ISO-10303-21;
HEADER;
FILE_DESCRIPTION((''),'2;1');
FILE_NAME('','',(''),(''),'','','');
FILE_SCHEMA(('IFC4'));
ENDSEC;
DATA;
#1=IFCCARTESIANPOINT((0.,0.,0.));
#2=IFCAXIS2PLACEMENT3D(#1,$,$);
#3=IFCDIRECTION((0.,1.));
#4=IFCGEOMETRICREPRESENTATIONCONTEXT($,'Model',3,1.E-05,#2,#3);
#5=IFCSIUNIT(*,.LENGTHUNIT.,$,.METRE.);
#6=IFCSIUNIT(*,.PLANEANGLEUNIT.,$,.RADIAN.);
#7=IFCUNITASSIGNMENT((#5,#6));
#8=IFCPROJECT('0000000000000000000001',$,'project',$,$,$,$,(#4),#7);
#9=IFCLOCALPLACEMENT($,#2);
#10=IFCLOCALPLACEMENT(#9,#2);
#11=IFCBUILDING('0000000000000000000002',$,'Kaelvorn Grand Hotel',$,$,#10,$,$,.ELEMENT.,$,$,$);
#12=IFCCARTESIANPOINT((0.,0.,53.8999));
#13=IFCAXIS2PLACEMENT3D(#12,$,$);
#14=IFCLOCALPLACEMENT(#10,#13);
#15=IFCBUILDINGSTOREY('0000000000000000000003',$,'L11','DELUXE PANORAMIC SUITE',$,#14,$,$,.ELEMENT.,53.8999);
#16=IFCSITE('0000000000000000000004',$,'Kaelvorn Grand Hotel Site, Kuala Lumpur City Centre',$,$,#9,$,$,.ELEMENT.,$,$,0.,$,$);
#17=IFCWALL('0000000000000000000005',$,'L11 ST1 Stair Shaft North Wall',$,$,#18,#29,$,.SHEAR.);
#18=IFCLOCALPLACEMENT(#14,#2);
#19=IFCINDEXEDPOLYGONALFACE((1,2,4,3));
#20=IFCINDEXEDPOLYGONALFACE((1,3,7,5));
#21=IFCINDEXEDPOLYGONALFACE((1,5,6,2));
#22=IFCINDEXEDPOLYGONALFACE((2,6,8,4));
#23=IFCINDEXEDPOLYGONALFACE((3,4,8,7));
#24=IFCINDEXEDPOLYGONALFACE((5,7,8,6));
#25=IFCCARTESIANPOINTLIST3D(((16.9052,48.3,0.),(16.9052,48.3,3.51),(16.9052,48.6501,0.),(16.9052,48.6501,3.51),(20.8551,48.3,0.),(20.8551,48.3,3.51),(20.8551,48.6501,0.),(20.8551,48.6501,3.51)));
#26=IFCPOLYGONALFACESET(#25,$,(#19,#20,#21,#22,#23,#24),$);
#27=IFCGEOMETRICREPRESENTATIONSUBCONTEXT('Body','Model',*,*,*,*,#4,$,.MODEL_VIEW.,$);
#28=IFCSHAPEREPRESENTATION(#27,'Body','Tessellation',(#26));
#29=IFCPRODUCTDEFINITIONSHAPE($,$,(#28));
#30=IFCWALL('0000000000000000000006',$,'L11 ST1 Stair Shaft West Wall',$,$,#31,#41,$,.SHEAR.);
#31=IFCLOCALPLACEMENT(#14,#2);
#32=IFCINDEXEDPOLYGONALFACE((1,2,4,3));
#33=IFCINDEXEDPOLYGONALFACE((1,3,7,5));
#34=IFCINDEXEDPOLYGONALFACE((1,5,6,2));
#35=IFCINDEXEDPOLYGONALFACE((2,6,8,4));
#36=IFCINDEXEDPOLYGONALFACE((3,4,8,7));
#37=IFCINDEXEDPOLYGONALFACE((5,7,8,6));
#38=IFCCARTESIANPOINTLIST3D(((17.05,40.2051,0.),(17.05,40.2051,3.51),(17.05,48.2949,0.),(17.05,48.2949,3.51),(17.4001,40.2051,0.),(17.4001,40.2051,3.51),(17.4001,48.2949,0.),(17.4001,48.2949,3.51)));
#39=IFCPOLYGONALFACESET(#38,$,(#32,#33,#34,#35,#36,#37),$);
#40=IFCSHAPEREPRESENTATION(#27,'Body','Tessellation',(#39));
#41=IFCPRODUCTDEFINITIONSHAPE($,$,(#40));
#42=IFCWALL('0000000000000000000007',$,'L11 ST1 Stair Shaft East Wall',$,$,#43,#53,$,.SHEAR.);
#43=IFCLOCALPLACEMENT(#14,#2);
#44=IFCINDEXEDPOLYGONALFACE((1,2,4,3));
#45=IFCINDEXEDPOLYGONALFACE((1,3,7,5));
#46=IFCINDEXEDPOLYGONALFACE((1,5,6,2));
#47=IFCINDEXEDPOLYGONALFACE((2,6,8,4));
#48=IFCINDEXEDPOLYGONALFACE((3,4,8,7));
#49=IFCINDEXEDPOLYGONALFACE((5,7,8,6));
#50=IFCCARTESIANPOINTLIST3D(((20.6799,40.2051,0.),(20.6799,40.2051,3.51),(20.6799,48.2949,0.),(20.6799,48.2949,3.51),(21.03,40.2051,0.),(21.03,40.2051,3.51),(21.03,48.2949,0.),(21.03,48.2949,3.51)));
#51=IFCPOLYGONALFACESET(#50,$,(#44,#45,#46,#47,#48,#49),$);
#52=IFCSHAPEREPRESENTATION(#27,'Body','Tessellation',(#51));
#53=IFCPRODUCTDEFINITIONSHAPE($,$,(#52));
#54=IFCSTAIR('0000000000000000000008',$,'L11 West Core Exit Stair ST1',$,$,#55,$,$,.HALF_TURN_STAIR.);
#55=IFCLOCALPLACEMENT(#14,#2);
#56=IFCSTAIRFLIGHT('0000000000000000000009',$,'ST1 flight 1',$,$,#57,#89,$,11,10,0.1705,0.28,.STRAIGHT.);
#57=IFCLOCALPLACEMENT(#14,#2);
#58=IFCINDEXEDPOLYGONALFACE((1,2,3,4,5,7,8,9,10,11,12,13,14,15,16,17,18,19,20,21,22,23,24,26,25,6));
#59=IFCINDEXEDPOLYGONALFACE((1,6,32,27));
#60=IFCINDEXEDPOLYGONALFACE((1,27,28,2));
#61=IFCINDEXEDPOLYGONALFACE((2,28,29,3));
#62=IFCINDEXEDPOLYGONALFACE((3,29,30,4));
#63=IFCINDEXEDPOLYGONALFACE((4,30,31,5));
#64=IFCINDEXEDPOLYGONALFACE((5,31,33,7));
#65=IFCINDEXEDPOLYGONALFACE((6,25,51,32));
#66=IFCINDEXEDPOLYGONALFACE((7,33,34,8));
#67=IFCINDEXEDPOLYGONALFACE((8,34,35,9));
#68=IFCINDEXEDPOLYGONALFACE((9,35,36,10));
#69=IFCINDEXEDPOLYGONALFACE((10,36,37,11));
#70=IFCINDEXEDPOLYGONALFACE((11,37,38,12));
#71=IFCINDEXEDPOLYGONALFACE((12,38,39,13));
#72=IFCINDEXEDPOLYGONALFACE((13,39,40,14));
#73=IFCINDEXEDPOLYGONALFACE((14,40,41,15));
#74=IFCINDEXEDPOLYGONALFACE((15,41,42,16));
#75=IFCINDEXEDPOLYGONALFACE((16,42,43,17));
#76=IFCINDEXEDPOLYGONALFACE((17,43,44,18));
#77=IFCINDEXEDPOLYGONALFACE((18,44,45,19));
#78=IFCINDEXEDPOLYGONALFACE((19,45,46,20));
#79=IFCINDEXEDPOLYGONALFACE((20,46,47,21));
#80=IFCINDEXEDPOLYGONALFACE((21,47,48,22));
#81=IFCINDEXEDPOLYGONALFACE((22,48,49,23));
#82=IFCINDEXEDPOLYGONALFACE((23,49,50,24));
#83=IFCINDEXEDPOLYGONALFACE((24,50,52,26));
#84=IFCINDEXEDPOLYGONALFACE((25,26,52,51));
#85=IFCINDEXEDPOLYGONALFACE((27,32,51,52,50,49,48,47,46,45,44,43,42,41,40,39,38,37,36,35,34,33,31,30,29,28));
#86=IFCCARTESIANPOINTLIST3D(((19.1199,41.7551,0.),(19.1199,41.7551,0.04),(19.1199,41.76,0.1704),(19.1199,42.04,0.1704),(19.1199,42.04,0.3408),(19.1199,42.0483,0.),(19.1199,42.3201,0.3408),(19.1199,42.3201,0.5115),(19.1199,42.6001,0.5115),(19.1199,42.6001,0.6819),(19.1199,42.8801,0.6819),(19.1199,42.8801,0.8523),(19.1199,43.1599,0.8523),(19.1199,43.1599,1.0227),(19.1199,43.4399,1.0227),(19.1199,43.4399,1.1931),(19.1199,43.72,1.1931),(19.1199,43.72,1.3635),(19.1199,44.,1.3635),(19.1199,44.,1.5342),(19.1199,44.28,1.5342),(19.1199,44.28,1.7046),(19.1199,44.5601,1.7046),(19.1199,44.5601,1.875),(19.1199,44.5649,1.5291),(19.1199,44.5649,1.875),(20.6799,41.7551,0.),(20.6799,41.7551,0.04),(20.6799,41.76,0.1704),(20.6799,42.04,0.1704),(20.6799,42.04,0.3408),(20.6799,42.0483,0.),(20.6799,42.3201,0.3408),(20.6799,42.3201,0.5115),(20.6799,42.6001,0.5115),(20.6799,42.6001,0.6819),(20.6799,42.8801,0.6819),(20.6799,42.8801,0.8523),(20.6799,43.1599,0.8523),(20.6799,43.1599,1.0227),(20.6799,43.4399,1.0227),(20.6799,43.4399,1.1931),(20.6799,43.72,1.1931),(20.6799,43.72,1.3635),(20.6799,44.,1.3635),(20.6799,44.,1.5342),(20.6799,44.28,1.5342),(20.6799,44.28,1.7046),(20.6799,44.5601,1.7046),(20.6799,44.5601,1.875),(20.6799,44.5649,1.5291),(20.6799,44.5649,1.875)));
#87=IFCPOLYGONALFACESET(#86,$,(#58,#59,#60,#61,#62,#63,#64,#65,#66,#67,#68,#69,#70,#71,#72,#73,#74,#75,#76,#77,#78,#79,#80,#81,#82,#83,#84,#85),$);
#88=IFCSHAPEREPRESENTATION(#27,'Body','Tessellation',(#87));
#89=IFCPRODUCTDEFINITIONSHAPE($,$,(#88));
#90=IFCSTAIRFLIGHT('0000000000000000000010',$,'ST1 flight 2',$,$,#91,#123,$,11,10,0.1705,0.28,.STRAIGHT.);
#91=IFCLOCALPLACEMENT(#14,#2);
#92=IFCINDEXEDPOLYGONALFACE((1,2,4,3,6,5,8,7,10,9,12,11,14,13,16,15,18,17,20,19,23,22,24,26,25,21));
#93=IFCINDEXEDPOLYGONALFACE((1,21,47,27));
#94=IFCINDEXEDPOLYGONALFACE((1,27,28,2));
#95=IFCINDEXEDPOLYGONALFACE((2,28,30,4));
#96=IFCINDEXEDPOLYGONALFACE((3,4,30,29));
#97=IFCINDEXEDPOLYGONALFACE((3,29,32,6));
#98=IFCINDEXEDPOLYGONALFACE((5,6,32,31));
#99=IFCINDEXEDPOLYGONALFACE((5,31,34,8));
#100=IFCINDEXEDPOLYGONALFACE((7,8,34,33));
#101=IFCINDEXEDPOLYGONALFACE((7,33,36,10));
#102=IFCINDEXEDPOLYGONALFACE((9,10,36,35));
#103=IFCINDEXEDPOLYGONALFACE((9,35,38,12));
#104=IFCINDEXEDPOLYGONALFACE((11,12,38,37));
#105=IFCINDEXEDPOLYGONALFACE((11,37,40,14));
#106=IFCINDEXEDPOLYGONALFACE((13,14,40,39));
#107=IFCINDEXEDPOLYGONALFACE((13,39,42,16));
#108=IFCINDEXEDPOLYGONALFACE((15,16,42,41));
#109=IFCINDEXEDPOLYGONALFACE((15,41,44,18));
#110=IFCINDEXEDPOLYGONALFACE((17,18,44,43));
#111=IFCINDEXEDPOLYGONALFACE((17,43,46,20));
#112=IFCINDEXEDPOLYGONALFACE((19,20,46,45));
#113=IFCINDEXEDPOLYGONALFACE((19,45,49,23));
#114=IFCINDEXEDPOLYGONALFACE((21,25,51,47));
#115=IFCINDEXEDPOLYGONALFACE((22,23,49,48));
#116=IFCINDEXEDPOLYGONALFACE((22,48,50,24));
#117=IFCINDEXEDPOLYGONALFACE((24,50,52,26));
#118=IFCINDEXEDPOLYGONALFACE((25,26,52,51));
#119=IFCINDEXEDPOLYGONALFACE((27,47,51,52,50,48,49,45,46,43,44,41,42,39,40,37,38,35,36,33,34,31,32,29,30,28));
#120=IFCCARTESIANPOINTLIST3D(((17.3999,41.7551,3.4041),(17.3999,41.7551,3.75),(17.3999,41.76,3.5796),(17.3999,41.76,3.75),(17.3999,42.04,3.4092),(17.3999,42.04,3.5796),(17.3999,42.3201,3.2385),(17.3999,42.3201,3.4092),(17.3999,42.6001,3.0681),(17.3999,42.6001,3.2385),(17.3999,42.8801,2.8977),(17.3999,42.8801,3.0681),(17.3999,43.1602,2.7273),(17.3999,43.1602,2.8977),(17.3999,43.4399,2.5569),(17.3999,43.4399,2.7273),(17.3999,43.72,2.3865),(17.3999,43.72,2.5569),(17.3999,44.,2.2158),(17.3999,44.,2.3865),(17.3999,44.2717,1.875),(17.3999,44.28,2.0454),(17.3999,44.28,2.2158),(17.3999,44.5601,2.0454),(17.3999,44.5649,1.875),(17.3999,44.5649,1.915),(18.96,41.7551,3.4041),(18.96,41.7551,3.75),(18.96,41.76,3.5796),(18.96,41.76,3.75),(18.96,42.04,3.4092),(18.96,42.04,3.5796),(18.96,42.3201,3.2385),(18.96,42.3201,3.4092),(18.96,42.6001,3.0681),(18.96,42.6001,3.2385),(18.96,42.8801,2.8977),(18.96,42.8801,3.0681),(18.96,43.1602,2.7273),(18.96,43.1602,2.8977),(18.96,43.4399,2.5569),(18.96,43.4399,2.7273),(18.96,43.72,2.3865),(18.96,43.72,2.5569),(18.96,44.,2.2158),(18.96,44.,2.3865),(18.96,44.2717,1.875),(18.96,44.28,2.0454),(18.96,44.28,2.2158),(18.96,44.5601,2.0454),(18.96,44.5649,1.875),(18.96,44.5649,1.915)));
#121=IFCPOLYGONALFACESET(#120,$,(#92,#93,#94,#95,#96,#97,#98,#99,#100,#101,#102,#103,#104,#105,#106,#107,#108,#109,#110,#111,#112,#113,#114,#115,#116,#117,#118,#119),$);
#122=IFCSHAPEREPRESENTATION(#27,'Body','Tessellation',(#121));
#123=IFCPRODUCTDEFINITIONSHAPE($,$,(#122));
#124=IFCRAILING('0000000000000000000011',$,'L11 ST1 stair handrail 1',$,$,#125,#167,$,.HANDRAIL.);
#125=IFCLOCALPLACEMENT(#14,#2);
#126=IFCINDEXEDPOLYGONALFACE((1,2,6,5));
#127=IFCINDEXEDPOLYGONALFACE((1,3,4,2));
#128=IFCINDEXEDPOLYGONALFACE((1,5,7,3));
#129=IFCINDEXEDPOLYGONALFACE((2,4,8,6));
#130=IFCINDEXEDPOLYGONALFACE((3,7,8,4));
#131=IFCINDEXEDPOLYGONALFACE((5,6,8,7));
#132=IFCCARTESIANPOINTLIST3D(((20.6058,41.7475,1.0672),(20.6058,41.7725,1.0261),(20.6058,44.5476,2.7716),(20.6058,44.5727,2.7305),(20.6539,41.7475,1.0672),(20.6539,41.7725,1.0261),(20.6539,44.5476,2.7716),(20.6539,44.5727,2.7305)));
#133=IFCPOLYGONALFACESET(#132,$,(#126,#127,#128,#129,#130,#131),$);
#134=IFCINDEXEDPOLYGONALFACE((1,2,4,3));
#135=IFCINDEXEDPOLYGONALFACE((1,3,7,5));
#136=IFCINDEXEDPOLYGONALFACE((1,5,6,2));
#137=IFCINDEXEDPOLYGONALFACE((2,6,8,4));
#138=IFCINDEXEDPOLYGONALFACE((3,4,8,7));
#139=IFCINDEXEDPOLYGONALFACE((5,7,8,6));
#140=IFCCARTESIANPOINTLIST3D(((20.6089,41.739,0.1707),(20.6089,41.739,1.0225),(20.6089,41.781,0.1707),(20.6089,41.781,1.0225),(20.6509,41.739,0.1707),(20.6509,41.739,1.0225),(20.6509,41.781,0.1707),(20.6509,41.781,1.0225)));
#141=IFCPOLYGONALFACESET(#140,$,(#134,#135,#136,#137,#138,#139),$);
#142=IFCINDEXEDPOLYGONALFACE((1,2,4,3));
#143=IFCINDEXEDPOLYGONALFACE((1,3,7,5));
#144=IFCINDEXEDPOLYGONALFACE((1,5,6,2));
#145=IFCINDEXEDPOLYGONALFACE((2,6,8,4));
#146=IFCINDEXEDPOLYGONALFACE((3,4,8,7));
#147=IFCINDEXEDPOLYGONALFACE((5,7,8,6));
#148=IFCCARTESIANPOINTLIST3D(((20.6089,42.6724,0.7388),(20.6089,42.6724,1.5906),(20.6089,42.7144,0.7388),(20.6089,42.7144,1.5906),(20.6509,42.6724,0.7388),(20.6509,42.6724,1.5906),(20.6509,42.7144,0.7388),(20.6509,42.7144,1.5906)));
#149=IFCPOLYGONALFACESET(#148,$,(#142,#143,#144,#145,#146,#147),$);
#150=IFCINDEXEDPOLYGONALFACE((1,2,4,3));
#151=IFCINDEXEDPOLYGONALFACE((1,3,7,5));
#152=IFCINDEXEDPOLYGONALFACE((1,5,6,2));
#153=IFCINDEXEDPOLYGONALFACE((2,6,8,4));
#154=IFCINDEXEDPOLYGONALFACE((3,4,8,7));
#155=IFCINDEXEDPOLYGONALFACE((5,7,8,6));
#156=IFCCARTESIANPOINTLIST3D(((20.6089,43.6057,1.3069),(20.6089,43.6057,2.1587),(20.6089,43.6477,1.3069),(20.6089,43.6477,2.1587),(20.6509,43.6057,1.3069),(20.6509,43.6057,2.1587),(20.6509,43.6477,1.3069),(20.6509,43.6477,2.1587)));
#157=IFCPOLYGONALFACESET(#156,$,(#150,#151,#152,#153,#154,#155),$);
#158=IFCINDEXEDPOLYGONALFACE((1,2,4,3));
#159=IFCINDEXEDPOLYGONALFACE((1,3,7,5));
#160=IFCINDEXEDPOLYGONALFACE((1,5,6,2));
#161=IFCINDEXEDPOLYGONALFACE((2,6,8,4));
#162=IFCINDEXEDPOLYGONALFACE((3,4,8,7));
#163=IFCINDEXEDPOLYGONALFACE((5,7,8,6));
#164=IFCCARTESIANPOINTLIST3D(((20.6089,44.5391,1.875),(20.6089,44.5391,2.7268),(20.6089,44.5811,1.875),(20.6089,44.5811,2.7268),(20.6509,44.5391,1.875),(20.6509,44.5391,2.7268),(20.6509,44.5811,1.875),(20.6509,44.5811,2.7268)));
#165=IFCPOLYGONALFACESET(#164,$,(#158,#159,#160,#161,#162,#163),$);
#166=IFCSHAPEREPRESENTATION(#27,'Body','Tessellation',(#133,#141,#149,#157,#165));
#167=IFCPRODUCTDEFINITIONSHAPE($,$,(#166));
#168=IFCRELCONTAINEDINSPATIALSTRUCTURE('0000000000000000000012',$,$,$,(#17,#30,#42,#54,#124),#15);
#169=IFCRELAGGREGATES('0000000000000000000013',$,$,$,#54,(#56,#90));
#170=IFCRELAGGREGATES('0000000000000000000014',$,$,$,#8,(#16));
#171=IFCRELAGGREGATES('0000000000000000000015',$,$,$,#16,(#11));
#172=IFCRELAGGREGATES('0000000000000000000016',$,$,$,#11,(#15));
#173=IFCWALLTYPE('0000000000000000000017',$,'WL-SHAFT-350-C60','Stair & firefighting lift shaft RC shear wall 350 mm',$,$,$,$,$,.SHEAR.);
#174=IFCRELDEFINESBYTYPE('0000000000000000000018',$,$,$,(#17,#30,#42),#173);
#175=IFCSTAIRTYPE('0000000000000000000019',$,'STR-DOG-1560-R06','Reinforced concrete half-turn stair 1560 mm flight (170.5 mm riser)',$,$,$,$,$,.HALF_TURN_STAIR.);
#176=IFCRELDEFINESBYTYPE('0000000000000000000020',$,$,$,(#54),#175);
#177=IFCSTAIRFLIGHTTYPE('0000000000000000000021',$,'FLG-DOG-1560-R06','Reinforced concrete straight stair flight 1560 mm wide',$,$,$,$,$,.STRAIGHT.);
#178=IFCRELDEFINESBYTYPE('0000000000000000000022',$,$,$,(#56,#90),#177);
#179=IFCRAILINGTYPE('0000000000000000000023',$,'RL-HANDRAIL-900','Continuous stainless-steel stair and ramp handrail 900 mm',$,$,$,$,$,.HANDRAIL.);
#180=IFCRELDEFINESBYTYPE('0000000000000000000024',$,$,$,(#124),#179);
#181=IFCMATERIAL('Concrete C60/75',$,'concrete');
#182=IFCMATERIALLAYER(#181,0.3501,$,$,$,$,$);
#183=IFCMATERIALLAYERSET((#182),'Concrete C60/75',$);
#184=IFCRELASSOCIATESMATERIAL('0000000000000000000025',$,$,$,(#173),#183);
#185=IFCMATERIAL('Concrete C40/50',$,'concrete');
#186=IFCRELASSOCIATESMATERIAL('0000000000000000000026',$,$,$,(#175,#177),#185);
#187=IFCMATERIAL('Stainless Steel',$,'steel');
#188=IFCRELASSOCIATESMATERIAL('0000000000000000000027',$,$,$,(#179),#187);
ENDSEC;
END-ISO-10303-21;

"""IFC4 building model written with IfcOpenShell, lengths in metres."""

from ifc_helpers import new_model, si_unit, direction, frame, frame_2d, origin, origin_2d, place, context, subcontext, project, spatial, polyline, rectangle, outline, extrude, material, layer, layer_set, type_object, element, aggregate, save


model = new_model("IFC4")

# Units and contexts
model_context = context("Model", 3, precision=1e-05, world=origin(), true_north=direction((0.0, 1.0)))
body_context = subcontext(model_context, "Body", "Model", "MODEL_VIEW")
ifc_project = project(units=[si_unit("LENGTHUNIT", "METRE"), si_unit("PLANEANGLEUNIT", "RADIAN")], contexts=[model_context])

# Site, building, storey
site_placement = place(None, origin())
site = spatial("IfcSite", under=ifc_project, at=site_placement, Name="Kaelvorn Grand Hotel Site, Kuala Lumpur City Centre", CompositionType="ELEMENT", RefElevation=0.0)
building_placement = place(site_placement, origin())
building = spatial("IfcBuilding", under=site, at=building_placement, Name="Kaelvorn Grand Hotel", CompositionType="ELEMENT")
storey_placement = place(building_placement, frame((0.0, 0.0, 53.8999)))
storey = spatial("IfcBuildingStorey", under=building, at=storey_placement, Name="L11", Description="DELUXE PANORAMIC SUITE", CompositionType="ELEMENT", Elevation=53.8999)

# Shared definitions
ifc_material_1 = material(Name="Concrete C60/75", Category="concrete")

# Shared definitions
ifc_material_2 = material(Name="Concrete C40/50", Category="concrete")

# Shared definitions
ifc_material_3 = material(Name="Stainless Steel", Category="steel")

# Walls
ifc_layer_1 = layer(ifc_material_1, 0.3501)
ifc_layer_set_1 = layer_set([ifc_layer_1], Name="Concrete C60/75")
wall_type_1 = type_object("IfcWallType", Name="WL-SHAFT-350-C60", Description="Stair & firefighting lift shaft RC shear wall 350 mm", PredefinedType="SHEAR", material=ifc_layer_set_1)
wall_1_placement = place(storey_placement, frame((16.905, 48.4751, 0.0), z_axis=(0.0, 0.0, 1.0), x_axis=(1.0, 0.0, 0.0)))
element("IfcWall", 1, at=wall_1_placement, inside=storey, type_object=wall_type_1, Name="L11 ST1 Stair Shaft North Wall", PredefinedType="SHEAR", context=body_context, shape_type="SweptSolid", body=[
    extrude(rectangle(XDim=3.95, YDim=0.3501, at=frame_2d((1.9751, 0.0))), origin(), (0.0, 0.0, 1.0), 3.51),
])
for number, where, z_axis, x_axis, name in (
    (2, (17.2251, 40.2051, 0.0), (0.0, 0.0, 1.0), (0.0, 1.0, 0.0), "L11 ST1 Stair Shaft West Wall"),
    (3, (20.855, 40.2051, 0.0), (0.0, 0.0, 1.0), (0.0, 1.0, 0.0), "L11 ST1 Stair Shaft East Wall"),
):
    element("IfcWall", number, at=place(storey_placement, frame(where, z_axis=z_axis, x_axis=x_axis)), inside=storey, type_object=wall_type_1, Name=name, PredefinedType="SHEAR", context=body_context, shape_type="SweptSolid", body=[
        extrude(rectangle(XDim=8.0898, YDim=0.3501, at=frame_2d((4.0449, 0.0))), origin(), (0.0, 0.0, 1.0), 3.51),
    ])

# Stair, stair flights
stair_type = type_object("IfcStairType", Name="STR-DOG-1560-R06", Description="Reinforced concrete half-turn stair 1560 mm flight (170.5 mm riser)", PredefinedType="HALF_TURN_STAIR", material=ifc_material_2)
stair_placement = place(storey_placement, origin())
stair = element("IfcStair", 4, at=stair_placement, inside=storey, type_object=stair_type, Name="L11 West Core Exit Stair ST1", PredefinedType="HALF_TURN_STAIR")
stair_flight_type = type_object("IfcStairFlightType", Name="FLG-DOG-1560-R06", Description="Reinforced concrete straight stair flight 1560 mm wide", PredefinedType="STRAIGHT", material=ifc_material_2)
stair_flight_1_placement = place(storey_placement, frame((19.8999, 41.76, 0.0), z_axis=(0.0, 0.0, 1.0), x_axis=(0.0, 1.0, 0.0)))
stair_flight_1 = element("IfcStairFlight", 5, at=stair_flight_1_placement, type_object=stair_flight_type, Name="ST1 flight 1", NumberOfRisers=11, NumberOfTreads=10, PredefinedType="STRAIGHT", RiserHeight=0.1705, TreadLength=0.28, context=body_context, shape_type="SweptSolid", body=[
    extrude(outline(polyline([(-0.0049, 0.0), (-0.0049, 0.04), (0.0, 0.1704), (0.28, 0.1704), (0.28, 0.3408), (0.5601, 0.3408), (0.5601, 0.5115), (0.8401, 0.5115), (0.8401, 0.6819), (1.1201, 0.6819), (1.1201, 0.8523), (1.3999, 0.8523), (1.3999, 1.0227), (1.6799, 1.0227), (1.6799, 1.1931), (1.96, 1.1931), (1.96, 1.3635), (2.24, 1.3635), (2.24, 1.5342), (2.52, 1.5342), (2.52, 1.7046), (2.8, 1.7046), (2.8, 1.875), (2.8049, 1.875), (2.8049, 1.5291), (0.2883, 0.0), (-0.0049, 0.0)])), frame((0.0, 0.78, 0.0), z_axis=(0.0, -1.0, 0.0), x_axis=(1.0, 0.0, 0.0)), (0.0, 0.0, 1.0), 1.5601),
])
stair_flight_2_placement = place(storey_placement, frame((18.1799, 44.5601, 1.875), z_axis=(0.0, 0.0, 1.0), x_axis=(0.0, -1.0, 0.0)))
stair_flight_2 = element("IfcStairFlight", 6, at=stair_flight_2_placement, type_object=stair_flight_type, Name="ST1 flight 2", NumberOfRisers=11, NumberOfTreads=10, PredefinedType="STRAIGHT", RiserHeight=0.1705, TreadLength=0.28, context=body_context, shape_type="SweptSolid", body=[
    extrude(outline(polyline([(-0.0049, 0.0), (-0.0049, 0.04), (0.0, 0.1704), (0.28, 0.1704), (0.28, 0.3408), (0.5601, 0.3408), (0.5601, 0.5115), (0.8401, 0.5115), (0.8401, 0.6819), (1.1201, 0.6819), (1.1201, 0.8523), (1.3999, 0.8523), (1.3999, 1.0227), (1.6799, 1.0227), (1.6799, 1.1931), (1.96, 1.1931), (1.96, 1.3635), (2.24, 1.3635), (2.24, 1.5342), (2.52, 1.5342), (2.52, 1.7046), (2.8, 1.7046), (2.8, 1.875), (2.8049, 1.875), (2.8049, 1.5291), (0.2883, 0.0), (-0.0049, 0.0)])), frame((0.0, 0.78, 0.0), z_axis=(0.0, -1.0, 0.0), x_axis=(1.0, 0.0, 0.0)), (0.0, 0.0, 1.0), 1.5601),
])
aggregate(stair, [stair_flight_1, stair_flight_2])

# Railing
railing_type_1 = type_object("IfcRailingType", Name="RL-HANDRAIL-900", Description="Continuous stainless-steel stair and ramp handrail 900 mm", PredefinedType="HANDRAIL", material=ifc_material_3)
railing_1_placement = place(storey_placement, frame((20.6299, 41.76, 0.1707)))
element("IfcRailing", 7, at=railing_1_placement, inside=storey, type_object=railing_type_1, Name="L11 ST1 stair handrail 1", PredefinedType="HANDRAIL", context=body_context, shape_type="SweptSolid", body=[
    extrude(rectangle(XDim=0.0481, YDim=0.0481, at=origin_2d()), frame((0.0, 0.0, 0.876), z_axis=(0.0, 0.854203, 0.51994), x_axis=(-1.0, 0.0, 0.0)), (0.0, 0.0, 1.0), 3.2781),
    extrude(rectangle(XDim=0.042, YDim=0.042, at=origin_2d()), origin(), (0.0, 0.0, 1.0), 0.8518),
    extrude(rectangle(XDim=0.042, YDim=0.042, at=origin_2d()), frame((0.0, 0.9333, 0.5681)), (0.0, 0.0, 1.0), 0.8518),
    extrude(rectangle(XDim=0.042, YDim=0.042, at=origin_2d()), frame((0.0, 1.8667, 1.1362)), (0.0, 0.0, 1.0), 0.8518),
    extrude(rectangle(XDim=0.042, YDim=0.042, at=origin_2d()), frame((0.0, 2.8, 1.7043)), (0.0, 0.0, 1.0), 0.8518),
])

save(model, "model.ifc")
